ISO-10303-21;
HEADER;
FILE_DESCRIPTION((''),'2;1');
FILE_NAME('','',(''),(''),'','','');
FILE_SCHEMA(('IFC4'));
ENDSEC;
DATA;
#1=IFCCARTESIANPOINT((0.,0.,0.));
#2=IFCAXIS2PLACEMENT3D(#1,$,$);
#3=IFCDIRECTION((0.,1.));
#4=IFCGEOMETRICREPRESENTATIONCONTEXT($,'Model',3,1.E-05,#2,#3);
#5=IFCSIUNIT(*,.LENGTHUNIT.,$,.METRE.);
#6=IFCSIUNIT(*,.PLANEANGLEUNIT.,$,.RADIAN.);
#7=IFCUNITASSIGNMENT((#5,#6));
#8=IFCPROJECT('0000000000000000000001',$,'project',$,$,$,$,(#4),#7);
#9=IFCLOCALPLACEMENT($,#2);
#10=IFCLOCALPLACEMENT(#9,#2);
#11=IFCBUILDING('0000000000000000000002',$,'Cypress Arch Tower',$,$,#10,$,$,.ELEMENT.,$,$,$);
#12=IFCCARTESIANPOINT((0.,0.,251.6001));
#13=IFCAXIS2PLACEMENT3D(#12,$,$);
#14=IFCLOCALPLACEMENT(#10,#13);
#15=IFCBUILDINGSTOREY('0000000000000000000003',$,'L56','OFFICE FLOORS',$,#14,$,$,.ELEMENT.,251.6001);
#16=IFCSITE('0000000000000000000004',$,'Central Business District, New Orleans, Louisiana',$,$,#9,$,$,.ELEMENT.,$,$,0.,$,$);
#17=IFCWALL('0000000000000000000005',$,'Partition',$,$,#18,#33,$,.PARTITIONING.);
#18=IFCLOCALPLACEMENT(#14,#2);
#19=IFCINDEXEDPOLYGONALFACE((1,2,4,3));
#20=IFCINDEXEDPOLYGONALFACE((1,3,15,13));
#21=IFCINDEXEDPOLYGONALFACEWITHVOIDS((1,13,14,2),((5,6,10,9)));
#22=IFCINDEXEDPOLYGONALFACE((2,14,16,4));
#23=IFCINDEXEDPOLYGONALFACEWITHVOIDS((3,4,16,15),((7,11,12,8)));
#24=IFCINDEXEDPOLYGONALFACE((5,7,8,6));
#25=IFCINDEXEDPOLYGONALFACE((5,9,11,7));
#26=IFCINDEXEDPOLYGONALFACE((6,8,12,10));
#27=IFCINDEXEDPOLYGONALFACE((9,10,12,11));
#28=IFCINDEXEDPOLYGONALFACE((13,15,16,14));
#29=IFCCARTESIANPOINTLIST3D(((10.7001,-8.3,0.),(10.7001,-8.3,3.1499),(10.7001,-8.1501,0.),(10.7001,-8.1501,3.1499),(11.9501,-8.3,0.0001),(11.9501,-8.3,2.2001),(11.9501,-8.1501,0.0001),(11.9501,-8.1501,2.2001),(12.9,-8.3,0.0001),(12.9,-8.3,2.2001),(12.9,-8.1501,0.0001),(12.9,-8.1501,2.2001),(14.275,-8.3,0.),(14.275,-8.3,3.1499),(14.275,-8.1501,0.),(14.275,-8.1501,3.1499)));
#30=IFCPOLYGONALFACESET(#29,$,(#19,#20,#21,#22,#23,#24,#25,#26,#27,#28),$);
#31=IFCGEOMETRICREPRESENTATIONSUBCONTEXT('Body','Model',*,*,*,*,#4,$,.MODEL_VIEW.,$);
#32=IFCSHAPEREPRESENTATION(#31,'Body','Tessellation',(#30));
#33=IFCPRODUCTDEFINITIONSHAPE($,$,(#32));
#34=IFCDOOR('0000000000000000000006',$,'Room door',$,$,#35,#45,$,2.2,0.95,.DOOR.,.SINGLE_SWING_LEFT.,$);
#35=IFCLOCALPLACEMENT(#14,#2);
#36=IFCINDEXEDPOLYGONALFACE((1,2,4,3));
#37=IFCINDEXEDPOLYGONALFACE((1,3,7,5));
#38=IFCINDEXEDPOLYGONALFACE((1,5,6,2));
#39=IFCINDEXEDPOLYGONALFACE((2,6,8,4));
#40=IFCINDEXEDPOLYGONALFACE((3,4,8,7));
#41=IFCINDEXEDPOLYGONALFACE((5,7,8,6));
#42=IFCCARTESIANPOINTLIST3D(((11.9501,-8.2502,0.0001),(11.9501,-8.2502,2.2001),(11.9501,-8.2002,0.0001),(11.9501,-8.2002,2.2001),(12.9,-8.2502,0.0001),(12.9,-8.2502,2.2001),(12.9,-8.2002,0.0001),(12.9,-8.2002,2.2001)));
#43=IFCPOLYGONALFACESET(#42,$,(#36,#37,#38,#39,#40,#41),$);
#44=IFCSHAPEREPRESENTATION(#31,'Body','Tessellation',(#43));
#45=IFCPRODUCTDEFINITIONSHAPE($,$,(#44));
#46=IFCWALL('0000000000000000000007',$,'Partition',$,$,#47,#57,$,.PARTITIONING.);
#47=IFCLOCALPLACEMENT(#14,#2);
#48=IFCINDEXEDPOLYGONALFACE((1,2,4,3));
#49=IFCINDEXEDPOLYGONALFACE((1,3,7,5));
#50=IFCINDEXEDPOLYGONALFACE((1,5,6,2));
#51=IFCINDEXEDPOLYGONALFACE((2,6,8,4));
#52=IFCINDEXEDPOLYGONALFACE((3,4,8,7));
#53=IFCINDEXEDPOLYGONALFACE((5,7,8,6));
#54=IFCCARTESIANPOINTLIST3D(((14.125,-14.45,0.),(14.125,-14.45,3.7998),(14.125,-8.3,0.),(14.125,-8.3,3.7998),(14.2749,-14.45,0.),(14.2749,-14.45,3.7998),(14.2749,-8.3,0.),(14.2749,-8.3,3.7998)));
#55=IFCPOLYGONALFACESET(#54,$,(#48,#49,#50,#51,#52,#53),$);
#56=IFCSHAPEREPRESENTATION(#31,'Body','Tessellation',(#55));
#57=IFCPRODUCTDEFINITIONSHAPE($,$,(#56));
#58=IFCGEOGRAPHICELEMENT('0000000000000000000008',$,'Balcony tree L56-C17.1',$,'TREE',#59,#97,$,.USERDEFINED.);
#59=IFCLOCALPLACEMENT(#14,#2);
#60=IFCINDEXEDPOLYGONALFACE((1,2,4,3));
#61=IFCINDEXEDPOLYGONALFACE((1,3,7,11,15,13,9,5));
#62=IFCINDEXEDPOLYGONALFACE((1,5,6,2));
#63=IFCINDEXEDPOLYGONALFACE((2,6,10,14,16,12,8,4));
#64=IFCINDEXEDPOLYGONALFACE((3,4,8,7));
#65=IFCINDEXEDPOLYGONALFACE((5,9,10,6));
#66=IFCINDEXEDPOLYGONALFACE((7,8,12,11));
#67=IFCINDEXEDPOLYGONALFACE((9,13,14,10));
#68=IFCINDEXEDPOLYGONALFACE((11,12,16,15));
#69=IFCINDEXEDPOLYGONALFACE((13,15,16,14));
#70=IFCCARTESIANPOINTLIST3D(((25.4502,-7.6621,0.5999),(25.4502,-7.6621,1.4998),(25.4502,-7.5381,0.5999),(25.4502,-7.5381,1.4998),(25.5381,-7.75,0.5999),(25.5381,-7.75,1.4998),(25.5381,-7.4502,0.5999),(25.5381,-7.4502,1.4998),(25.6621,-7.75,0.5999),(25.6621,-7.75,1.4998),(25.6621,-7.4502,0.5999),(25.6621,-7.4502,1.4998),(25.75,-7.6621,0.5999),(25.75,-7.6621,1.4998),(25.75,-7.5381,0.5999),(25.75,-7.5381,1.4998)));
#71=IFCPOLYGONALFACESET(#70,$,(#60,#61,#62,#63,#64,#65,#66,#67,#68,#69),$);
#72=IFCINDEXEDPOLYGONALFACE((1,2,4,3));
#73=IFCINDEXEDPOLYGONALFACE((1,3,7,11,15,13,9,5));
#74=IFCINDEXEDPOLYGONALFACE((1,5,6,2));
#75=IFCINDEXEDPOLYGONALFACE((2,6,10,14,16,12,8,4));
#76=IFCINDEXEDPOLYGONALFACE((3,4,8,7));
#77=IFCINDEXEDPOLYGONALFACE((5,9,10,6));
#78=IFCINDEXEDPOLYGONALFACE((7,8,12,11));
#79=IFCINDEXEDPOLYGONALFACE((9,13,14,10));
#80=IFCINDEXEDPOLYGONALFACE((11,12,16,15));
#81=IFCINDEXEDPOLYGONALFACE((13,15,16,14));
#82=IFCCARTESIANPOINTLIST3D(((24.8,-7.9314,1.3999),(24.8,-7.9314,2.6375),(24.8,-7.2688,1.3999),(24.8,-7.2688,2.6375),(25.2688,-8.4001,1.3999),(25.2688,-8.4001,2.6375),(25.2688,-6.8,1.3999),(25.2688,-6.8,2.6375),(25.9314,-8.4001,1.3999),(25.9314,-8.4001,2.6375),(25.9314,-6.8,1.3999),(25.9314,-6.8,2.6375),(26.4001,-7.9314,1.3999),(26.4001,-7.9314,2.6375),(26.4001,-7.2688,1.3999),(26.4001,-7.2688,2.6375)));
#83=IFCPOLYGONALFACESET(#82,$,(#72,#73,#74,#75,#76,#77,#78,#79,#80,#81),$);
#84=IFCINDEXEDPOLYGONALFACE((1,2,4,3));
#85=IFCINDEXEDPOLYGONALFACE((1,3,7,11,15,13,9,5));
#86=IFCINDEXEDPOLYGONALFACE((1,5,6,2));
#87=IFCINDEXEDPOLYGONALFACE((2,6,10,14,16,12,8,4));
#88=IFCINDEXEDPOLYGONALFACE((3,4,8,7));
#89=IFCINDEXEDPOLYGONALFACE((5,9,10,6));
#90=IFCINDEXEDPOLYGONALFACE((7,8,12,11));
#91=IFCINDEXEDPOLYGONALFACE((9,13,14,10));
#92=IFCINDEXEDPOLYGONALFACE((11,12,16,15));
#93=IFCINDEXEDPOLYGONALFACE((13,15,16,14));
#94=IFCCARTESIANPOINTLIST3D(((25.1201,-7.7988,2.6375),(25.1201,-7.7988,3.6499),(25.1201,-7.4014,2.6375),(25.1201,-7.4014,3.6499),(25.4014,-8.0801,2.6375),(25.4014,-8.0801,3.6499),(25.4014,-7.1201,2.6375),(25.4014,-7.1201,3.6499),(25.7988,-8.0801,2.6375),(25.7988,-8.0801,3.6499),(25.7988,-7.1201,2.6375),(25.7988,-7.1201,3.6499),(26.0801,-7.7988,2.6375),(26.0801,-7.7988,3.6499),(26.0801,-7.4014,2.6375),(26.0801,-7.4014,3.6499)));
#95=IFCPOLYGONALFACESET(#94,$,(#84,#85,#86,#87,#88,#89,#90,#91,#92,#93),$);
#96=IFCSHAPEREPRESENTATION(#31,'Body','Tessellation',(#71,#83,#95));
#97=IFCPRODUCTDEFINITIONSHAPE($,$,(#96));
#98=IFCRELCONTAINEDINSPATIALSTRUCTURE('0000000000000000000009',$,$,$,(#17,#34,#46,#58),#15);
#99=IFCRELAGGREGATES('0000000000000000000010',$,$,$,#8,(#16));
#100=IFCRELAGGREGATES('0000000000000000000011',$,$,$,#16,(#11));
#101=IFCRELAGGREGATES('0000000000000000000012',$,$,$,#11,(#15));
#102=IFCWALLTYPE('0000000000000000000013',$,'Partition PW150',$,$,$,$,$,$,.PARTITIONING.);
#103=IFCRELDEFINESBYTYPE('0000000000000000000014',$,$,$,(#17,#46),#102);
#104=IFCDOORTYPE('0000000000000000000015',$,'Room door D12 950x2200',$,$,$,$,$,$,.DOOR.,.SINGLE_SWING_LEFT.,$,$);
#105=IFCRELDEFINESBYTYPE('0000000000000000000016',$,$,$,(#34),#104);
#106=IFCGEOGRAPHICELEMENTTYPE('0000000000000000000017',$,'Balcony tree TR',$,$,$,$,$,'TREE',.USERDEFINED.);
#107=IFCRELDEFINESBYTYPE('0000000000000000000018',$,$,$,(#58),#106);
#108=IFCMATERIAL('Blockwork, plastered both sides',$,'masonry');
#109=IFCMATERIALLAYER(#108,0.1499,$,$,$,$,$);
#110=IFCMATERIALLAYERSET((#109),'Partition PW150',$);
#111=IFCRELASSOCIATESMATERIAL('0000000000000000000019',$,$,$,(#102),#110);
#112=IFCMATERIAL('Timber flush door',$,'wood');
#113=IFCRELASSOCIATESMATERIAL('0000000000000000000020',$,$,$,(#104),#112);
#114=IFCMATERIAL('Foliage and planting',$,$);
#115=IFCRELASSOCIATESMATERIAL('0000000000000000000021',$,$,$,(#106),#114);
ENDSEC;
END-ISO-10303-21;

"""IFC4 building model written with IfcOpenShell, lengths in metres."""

from ifc_helpers import new_model, si_unit, direction, frame, frame_2d, origin, place, context, subcontext, project, spatial, polyline, rectangle, outline, extrude, material, layer, layer_set, type_object, element, fill, save


model = new_model("IFC4")

# Units and contexts
model_context = context("Model", 3, precision=1e-05, world=origin(), true_north=direction((0.0, 1.0)))
body_context = subcontext(model_context, "Body", "Model", "MODEL_VIEW")
ifc_project = project(units=[si_unit("LENGTHUNIT", "METRE"), si_unit("PLANEANGLEUNIT", "RADIAN")], contexts=[model_context])

# Site, building, storey
site_placement = place(None, origin())
site = spatial("IfcSite", under=ifc_project, at=site_placement, Name="Central Business District, New Orleans, Louisiana", CompositionType="ELEMENT", RefElevation=0.0)
building_placement = place(site_placement, origin())
building = spatial("IfcBuilding", under=site, at=building_placement, Name="Cypress Arch Tower", CompositionType="ELEMENT")
storey_placement = place(building_placement, frame((0.0, 0.0, 251.6001)))
storey = spatial("IfcBuildingStorey", under=building, at=storey_placement, Name="L56", Description="OFFICE FLOORS", CompositionType="ELEMENT", Elevation=251.6001)

# Shared definitions
ifc_material_1 = material(Name="Blockwork, plastered both sides", Category="masonry")
ifc_layer_1 = layer(ifc_material_1, 0.1499)
ifc_layer_set_1 = layer_set([ifc_layer_1], Name="Partition PW150")
wall_type_1 = type_object("IfcWallType", Name="Partition PW150", PredefinedType="PARTITIONING", material=ifc_layer_set_1)

# Wall, opening, door
wall_1_placement = place(storey_placement, frame((10.7, -8.2251, 0.0), z_axis=(0.0, 0.0, 1.0), x_axis=(1.0, 0.0, 0.0)))
wall_1 = element("IfcWall", 1, at=wall_1_placement, inside=storey, type_object=wall_type_1, Name="Partition", PredefinedType="PARTITIONING", context=body_context, shape_type="SweptSolid", body=[
    extrude(rectangle(XDim=3.575, YDim=0.1499, at=frame_2d((1.7876, 0.0))), origin(), (0.0, 0.0, 1.0), 3.1499),
])
opening_1_placement = place(wall_1_placement, frame((1.25, 0.0, 0.0)))
opening_1 = element("IfcOpeningElement", 2, at=opening_1_placement, cuts=wall_1, PredefinedType="OPENING", context=body_context, shape_type="SweptSolid", body=[
    extrude(rectangle(XDim=0.95, YDim=2.2, at=frame_2d((0.4751, 1.1001))), frame((0.0, 0.085, 0.0), z_axis=(0.0, -1.0, 0.0), x_axis=(1.0, 0.0, 0.0)), (0.0, 0.0, 1.0), 0.1699),
])
ifc_material_2 = material(Name="Timber flush door", Category="wood")
door_type = type_object("IfcDoorType", Name="Room door D12 950x2200", OperationType="SINGLE_SWING_LEFT", PredefinedType="DOOR", material=ifc_material_2)
door_placement = place(opening_1_placement, origin())
door = element("IfcDoor", 3, at=door_placement, inside=storey, type_object=door_type, Name="Room door", OperationType="SINGLE_SWING_LEFT", OverallHeight=2.2, OverallWidth=0.95, PredefinedType="DOOR", context=body_context, shape_type="SweptSolid", body=[
    extrude(rectangle(XDim=0.95, YDim=2.2, at=frame_2d((0.4751, 1.1001))), frame((0.0, 0.0249, 0.0), z_axis=(0.0, -1.0, 0.0), x_axis=(1.0, 0.0, 0.0)), (0.0, 0.0, 1.0), 0.05),
])
fill(opening_1, door)

# Wall
wall_2_placement = place(storey_placement, frame((14.2, -14.45, 0.0), z_axis=(0.0, 0.0, 1.0), x_axis=(0.0, 1.0, 0.0)))
element("IfcWall", 4, at=wall_2_placement, inside=storey, type_object=wall_type_1, Name="Partition", PredefinedType="PARTITIONING", context=body_context, shape_type="SweptSolid", body=[
    extrude(rectangle(XDim=6.1499, YDim=0.1499, at=frame_2d((3.075, 0.0))), origin(), (0.0, 0.0, 1.0), 3.7998),
])

# Geographic element
ifc_material_3 = material(Name="Foliage and planting")
geographic_element_type = type_object("IfcGeographicElementType", Name="Balcony tree TR", ElementType="TREE", PredefinedType="USERDEFINED", material=ifc_material_3)
geographic_element_placement = place(storey_placement, frame((25.6001, -7.6001, 0.5999), z_axis=(0.0, 0.0, 1.0), x_axis=(1.0, 0.0, 0.0)))
element("IfcGeographicElement", 5, at=geographic_element_placement, inside=storey, type_object=geographic_element_type, Name="Balcony tree L56-C17.1", ObjectType="TREE", PredefinedType="USERDEFINED", context=body_context, shape_type="SweptSolid", body=[
    extrude(outline(polyline([(0.1499, 0.062), (0.062, 0.1499), (-0.062, 0.1499), (-0.1499, 0.062), (-0.1499, -0.062), (-0.062, -0.1499), (0.062, -0.1499), (0.1499, -0.062), (0.1499, 0.062)])), origin(), (0.0, 0.0, 1.0), 0.8999),
    extrude(outline(polyline([(0.8, 0.3313), (0.3313, 0.8), (-0.3313, 0.8), (-0.8, 0.3313), (-0.8, -0.3313), (-0.3313, -0.8), (0.3313, -0.8), (0.8, -0.3313), (0.8, 0.3313)])), frame((0.0, 0.0, 0.8)), (0.0, 0.0, 1.0), 1.2375),
    extrude(outline(polyline([(0.48, 0.1987), (0.1987, 0.48), (-0.1987, 0.48), (-0.48, 0.1987), (-0.48, -0.1987), (-0.1987, -0.48), (0.1987, -0.48), (0.48, -0.1987), (0.48, 0.1987)])), frame((0.0, 0.0, 2.0376)), (0.0, 0.0, 1.0), 1.0125),
])

save(model, "model.ifc")
